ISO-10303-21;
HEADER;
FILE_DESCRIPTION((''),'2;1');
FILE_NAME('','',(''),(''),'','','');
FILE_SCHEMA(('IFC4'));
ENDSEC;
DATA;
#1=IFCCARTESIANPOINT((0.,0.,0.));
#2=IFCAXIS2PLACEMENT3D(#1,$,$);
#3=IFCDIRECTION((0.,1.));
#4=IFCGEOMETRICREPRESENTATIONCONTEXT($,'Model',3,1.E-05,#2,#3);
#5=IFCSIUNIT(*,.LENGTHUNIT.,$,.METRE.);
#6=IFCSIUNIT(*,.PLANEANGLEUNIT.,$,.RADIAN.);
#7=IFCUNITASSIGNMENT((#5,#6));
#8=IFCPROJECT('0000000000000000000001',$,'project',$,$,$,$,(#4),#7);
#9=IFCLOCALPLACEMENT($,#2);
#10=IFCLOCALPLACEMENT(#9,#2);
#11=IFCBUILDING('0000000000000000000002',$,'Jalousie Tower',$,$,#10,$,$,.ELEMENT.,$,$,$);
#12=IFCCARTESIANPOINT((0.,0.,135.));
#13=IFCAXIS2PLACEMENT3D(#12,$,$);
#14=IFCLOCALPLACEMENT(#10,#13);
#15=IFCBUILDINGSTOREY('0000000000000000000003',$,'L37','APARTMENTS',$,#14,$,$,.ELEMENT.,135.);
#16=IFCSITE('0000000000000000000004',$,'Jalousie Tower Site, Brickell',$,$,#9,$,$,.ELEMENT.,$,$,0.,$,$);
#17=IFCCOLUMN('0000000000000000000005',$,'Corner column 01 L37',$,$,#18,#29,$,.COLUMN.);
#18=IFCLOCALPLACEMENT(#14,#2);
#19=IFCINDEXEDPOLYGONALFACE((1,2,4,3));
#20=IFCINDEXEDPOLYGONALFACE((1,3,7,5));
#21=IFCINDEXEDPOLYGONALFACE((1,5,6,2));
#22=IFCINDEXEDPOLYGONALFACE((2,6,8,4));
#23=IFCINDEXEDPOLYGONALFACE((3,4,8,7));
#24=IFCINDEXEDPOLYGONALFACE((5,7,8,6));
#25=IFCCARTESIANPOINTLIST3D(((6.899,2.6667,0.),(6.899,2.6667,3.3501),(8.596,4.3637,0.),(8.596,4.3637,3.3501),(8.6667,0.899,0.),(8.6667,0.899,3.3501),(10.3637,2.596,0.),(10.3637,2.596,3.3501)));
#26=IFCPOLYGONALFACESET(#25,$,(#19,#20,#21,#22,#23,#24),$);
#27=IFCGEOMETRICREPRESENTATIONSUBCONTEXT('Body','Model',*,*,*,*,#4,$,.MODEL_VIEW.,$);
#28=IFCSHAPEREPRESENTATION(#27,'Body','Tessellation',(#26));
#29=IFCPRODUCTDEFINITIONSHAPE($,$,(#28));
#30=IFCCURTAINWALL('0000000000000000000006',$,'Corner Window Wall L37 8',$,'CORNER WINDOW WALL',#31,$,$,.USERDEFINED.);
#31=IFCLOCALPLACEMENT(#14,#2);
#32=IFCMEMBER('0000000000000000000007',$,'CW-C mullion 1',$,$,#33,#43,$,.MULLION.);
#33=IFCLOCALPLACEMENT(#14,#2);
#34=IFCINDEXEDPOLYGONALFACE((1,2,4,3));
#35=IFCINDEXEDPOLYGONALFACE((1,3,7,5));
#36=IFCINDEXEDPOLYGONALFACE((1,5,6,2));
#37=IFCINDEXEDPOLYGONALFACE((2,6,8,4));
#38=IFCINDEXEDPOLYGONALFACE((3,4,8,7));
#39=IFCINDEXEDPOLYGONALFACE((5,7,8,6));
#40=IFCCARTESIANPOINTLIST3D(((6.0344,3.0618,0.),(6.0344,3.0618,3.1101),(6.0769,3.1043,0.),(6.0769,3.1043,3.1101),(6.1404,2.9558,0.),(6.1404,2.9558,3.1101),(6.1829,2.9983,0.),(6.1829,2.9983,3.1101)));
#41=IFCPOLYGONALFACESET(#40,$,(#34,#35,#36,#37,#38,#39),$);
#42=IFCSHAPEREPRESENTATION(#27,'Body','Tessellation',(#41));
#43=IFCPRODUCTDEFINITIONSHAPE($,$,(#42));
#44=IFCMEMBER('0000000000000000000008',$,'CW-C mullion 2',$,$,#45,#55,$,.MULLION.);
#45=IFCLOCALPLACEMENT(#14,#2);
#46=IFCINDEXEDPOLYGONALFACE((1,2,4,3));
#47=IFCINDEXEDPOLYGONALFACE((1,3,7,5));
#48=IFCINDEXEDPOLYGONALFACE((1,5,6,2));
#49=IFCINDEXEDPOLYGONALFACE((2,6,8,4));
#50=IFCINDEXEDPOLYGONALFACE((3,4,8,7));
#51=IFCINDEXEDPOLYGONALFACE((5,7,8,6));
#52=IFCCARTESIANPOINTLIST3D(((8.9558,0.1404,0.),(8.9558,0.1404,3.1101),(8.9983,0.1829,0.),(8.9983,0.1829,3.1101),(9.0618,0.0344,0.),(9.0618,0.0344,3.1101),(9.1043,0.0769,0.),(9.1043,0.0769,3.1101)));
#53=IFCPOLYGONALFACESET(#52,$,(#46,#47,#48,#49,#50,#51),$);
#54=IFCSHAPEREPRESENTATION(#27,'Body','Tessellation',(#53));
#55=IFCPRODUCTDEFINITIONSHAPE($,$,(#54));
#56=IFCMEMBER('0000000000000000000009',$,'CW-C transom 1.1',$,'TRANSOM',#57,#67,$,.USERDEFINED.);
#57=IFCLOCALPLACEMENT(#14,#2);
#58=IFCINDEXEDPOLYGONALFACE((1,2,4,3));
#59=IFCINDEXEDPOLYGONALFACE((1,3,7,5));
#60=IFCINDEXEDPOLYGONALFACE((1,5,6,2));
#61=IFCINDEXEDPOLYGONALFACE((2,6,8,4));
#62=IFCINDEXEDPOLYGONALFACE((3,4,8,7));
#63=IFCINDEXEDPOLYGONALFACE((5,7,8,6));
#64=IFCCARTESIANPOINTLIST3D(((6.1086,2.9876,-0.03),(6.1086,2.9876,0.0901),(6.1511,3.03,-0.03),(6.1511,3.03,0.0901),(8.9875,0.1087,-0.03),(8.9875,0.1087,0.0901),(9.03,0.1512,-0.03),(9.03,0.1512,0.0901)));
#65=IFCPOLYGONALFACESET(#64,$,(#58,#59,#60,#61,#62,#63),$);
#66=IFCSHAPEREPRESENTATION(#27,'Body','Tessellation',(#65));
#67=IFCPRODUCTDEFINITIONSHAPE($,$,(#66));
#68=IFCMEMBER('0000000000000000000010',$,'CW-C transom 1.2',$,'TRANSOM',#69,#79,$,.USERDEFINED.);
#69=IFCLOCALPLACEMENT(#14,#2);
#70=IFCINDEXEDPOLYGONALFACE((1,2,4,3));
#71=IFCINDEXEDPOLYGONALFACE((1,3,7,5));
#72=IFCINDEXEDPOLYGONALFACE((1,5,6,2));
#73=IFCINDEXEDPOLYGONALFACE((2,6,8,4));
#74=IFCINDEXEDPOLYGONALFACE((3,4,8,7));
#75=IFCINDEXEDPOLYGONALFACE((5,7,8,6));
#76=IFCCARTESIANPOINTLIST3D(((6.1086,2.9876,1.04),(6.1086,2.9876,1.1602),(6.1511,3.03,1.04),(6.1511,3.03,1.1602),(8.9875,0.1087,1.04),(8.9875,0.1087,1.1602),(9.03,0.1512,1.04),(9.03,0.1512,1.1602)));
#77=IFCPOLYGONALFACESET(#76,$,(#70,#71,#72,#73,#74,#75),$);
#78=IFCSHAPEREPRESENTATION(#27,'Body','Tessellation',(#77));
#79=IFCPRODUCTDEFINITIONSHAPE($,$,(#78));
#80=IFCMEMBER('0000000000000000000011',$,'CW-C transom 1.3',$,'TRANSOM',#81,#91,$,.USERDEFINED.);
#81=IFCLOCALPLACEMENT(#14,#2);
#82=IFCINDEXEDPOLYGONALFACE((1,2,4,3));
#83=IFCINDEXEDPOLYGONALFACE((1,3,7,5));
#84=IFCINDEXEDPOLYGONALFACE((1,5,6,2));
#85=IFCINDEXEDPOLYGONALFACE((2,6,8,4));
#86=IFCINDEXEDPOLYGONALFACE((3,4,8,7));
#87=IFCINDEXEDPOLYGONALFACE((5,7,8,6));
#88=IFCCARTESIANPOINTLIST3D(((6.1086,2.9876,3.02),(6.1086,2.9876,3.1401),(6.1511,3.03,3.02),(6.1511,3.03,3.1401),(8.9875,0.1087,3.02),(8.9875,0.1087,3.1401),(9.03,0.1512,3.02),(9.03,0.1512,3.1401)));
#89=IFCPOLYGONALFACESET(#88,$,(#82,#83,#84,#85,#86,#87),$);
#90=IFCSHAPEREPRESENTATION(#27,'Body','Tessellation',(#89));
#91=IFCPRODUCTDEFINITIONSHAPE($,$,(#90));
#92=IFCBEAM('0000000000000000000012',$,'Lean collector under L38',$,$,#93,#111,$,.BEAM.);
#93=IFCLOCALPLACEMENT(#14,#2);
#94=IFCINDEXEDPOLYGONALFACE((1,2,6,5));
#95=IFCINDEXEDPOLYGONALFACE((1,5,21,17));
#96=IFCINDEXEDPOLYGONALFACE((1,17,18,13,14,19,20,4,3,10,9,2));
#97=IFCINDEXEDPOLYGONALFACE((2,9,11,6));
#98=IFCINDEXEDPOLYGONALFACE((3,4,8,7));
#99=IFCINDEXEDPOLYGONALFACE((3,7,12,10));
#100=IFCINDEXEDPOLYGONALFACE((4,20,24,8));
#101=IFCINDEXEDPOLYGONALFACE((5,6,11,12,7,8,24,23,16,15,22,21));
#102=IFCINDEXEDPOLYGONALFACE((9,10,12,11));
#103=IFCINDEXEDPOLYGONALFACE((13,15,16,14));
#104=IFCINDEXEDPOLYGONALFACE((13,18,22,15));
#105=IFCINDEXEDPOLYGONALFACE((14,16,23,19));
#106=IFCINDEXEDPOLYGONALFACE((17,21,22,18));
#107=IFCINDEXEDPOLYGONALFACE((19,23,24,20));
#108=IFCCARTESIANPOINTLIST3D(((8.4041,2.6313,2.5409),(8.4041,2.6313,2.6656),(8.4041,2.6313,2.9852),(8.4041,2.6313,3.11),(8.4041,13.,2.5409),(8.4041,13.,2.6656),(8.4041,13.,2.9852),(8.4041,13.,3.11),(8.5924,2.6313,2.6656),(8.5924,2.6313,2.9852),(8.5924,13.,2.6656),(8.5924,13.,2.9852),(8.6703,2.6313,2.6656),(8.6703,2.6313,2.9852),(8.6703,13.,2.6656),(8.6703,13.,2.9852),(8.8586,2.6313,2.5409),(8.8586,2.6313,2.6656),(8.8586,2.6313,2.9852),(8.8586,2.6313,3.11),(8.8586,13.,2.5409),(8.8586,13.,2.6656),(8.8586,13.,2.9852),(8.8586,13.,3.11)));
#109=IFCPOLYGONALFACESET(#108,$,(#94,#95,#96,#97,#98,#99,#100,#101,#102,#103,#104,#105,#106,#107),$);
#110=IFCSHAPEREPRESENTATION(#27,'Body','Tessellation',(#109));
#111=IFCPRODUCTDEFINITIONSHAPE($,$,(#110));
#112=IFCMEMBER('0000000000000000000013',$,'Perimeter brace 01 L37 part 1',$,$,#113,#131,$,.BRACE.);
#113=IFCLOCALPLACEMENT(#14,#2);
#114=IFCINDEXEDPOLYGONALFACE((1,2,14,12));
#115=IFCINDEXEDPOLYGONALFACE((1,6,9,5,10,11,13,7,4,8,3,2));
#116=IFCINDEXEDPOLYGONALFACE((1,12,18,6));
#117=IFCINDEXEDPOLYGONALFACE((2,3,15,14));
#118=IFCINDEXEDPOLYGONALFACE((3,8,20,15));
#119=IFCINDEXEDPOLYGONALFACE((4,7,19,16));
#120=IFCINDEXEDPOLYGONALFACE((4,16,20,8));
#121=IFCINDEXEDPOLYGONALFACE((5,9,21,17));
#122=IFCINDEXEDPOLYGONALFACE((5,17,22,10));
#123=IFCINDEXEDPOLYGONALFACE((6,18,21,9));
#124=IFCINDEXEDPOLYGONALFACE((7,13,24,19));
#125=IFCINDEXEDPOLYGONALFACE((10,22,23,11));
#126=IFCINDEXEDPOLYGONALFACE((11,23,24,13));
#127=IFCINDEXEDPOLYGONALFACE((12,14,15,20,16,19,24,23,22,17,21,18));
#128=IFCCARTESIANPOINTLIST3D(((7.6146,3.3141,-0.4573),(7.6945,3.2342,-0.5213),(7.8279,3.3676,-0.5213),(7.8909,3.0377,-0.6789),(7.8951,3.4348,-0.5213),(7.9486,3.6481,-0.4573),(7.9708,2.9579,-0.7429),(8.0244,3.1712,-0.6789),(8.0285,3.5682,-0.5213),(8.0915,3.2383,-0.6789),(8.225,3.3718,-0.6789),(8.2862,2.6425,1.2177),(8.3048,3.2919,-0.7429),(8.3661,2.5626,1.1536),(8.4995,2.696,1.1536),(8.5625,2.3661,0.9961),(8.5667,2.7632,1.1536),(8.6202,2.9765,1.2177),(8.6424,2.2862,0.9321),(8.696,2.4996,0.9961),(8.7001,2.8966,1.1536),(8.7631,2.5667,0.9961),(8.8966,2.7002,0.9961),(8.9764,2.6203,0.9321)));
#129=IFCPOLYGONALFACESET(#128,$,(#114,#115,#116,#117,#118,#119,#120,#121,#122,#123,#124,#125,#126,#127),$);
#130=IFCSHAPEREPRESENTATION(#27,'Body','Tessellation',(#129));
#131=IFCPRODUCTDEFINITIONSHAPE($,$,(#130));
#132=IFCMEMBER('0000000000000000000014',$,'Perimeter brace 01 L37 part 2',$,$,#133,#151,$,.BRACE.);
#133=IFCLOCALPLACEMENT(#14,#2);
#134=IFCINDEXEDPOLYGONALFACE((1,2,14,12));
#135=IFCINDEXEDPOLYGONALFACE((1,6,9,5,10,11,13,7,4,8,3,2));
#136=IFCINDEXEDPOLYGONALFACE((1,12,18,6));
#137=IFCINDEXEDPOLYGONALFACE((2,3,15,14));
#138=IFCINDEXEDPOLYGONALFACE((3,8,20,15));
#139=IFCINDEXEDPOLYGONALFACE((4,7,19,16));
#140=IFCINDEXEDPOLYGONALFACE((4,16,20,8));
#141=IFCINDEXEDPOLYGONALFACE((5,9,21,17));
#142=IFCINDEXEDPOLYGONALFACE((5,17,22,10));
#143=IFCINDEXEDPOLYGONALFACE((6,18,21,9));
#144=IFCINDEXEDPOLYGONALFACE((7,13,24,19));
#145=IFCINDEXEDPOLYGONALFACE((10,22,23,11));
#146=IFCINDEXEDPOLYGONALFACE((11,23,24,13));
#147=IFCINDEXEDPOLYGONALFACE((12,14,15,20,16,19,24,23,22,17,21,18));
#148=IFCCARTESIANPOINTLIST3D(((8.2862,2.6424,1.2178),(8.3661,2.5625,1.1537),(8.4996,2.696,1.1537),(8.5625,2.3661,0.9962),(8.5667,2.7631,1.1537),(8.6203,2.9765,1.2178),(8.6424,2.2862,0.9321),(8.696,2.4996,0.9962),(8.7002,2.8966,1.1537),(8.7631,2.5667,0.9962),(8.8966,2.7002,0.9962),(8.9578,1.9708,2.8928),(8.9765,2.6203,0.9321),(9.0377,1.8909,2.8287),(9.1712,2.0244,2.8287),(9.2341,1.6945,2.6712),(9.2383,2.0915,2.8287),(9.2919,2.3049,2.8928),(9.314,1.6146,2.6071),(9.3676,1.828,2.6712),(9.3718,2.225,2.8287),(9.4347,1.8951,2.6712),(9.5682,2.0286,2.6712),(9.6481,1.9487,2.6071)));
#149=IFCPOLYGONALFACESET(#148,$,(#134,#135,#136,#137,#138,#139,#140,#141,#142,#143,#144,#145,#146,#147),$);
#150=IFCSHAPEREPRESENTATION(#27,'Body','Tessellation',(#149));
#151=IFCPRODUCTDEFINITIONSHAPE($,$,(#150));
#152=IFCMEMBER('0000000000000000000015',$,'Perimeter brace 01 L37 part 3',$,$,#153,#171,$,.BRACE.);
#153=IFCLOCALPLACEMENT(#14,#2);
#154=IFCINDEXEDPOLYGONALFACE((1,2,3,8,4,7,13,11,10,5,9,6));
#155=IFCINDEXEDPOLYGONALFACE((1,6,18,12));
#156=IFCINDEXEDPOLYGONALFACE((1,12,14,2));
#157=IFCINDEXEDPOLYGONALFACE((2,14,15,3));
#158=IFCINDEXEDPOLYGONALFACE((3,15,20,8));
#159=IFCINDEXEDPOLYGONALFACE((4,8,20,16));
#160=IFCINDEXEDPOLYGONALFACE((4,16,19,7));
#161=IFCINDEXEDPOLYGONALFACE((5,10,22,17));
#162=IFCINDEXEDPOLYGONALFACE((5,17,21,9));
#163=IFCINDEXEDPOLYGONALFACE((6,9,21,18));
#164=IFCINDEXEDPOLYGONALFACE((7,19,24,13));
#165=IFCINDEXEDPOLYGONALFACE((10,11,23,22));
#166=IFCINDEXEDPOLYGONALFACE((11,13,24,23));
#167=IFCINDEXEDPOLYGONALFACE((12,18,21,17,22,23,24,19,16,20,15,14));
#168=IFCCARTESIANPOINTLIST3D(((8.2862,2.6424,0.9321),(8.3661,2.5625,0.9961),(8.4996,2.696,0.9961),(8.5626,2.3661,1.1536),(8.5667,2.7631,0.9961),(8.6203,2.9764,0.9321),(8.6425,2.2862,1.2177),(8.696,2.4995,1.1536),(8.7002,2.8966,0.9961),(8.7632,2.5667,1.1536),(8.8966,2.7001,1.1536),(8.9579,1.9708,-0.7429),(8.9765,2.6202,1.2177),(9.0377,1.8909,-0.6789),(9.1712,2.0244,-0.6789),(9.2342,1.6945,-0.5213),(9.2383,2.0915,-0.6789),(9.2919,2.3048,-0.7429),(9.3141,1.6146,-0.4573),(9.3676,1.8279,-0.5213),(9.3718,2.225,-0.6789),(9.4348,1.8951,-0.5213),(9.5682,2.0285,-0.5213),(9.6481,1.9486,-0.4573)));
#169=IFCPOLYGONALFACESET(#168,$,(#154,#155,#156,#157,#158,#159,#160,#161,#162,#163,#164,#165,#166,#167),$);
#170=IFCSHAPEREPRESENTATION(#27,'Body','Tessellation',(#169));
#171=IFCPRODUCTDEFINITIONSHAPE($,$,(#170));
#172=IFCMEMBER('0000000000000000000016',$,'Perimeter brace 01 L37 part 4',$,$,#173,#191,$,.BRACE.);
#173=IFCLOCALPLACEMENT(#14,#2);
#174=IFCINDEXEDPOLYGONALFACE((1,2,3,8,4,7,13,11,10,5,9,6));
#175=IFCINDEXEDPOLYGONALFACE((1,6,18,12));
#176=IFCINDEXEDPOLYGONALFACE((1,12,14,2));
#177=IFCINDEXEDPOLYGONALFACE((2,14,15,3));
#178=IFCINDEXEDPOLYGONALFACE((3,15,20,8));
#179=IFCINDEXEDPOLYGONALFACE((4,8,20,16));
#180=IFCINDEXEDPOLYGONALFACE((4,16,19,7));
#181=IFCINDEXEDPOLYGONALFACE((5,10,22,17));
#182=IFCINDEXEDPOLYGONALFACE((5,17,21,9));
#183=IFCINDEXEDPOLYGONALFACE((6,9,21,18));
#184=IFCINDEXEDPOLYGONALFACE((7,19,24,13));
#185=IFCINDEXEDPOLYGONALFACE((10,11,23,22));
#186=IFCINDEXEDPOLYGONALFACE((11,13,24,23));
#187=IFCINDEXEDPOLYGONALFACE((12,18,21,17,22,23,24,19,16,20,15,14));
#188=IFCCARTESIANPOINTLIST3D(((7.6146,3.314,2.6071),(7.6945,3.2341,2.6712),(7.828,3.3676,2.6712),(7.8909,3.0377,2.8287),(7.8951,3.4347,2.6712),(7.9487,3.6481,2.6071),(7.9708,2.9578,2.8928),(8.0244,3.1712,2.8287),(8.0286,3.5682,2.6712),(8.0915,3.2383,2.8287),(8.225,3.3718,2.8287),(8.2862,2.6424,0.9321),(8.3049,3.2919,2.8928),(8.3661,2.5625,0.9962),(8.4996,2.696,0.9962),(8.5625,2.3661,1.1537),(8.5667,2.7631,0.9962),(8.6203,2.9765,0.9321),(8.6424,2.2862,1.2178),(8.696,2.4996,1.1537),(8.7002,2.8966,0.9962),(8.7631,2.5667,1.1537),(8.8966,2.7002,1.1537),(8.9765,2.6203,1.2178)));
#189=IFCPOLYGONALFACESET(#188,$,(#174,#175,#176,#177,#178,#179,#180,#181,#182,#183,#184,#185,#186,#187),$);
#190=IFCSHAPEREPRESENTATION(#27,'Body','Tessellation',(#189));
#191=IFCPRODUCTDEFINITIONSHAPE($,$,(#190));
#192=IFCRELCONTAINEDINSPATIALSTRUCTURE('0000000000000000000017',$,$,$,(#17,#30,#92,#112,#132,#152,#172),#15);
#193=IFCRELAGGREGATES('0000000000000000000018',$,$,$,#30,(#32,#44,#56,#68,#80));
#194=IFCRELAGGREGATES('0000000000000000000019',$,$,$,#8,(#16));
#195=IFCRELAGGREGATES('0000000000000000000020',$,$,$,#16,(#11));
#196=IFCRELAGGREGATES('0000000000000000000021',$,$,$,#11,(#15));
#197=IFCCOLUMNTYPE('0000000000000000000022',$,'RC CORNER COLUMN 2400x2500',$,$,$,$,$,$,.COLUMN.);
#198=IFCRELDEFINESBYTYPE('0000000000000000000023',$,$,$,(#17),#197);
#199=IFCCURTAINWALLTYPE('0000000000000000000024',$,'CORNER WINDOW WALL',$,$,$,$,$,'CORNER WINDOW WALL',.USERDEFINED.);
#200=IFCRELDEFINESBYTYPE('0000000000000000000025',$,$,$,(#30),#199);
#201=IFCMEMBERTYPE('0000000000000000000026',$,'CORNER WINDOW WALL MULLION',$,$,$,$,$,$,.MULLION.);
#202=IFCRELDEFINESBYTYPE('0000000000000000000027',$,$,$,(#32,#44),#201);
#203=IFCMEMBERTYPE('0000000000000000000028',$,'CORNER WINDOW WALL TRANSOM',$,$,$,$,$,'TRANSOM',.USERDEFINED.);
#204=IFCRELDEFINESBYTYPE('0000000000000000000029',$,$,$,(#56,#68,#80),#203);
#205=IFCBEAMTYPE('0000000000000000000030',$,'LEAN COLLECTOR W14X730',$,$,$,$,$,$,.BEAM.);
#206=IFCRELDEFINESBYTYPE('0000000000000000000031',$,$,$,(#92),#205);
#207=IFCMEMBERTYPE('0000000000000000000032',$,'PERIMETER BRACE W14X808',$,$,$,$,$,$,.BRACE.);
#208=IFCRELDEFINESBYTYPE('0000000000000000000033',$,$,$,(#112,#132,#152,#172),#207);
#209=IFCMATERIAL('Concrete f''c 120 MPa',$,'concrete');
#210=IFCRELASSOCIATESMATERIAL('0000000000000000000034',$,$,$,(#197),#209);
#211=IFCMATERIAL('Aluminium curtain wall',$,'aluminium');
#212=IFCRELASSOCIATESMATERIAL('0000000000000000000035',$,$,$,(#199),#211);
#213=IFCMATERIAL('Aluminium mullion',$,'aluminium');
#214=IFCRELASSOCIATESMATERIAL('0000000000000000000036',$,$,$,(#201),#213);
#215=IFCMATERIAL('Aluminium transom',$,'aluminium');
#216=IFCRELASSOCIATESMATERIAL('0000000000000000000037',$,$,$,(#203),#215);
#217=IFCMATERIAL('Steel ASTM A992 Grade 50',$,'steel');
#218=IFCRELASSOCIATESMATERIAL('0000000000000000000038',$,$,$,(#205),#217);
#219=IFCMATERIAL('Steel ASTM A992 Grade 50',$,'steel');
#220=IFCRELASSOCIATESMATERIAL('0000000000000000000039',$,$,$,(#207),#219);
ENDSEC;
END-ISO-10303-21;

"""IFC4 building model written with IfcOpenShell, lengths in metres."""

from ifc_helpers import new_model, si_unit, direction, frame, origin, origin_2d, place, context, subcontext, project, spatial, rectangle, i_section, extrude, material, material_profile, profile_set, type_object, element, aggregate, save


model = new_model("IFC4")

# Units and contexts
model_context = context("Model", 3, precision=1e-05, world=origin(), true_north=direction((0.0, 1.0)))
body_context = subcontext(model_context, "Body", "Model", "MODEL_VIEW")
ifc_project = project(units=[si_unit("LENGTHUNIT", "METRE"), si_unit("PLANEANGLEUNIT", "RADIAN")], contexts=[model_context])

# Site, building, storey
site_placement = place(None, origin())
site = spatial("IfcSite", under=ifc_project, at=site_placement, Name="Jalousie Tower Site, Brickell", CompositionType="ELEMENT", RefElevation=0.0)
building_placement = place(site_placement, origin())
building = spatial("IfcBuilding", under=site, at=building_placement, Name="Jalousie Tower", CompositionType="ELEMENT")
storey_placement = place(building_placement, frame((0.0, 0.0, 135.0)))
storey = spatial("IfcBuildingStorey", under=building, at=storey_placement, Name="L37", Description="APARTMENTS", CompositionType="ELEMENT", Elevation=135.0)

# Column
ifc_material_1 = material(Name="Concrete f'c 120 MPa", Category="concrete")
ifc_material_profile_1 = material_profile(ifc_material_1, rectangle(XDim=2.3999, YDim=2.5, at=origin_2d()), Name="RC 2400x2500")
ifc_profile_set_1 = profile_set([ifc_material_profile_1], Name="Concrete f'c 120 MPa")
column_type = type_object("IfcColumnType", Name="RC CORNER COLUMN 2400x2500", PredefinedType="COLUMN", material=ifc_profile_set_1)
column_placement = place(storey_placement, frame((8.6313, 2.6313, 0.0), z_axis=(0.0, 0.0, 1.0), x_axis=(0.707107, 0.707107, 0.0)))
element("IfcColumn", 1, at=column_placement, inside=storey, type_object=column_type, Name="Corner column 01 L37", PredefinedType="COLUMN", context=body_context, shape_type="SweptSolid", body=[
    extrude(rectangle(XDim=2.3999, YDim=2.5, at=origin_2d()), origin(), (0.0, 0.0, 1.0), 3.3501),
])

# Curtain wall, members
ifc_material_2 = material(Name="Aluminium curtain wall", Category="aluminium")
curtain_wall_type_1 = type_object("IfcCurtainWallType", Name="CORNER WINDOW WALL", ElementType="CORNER WINDOW WALL", PredefinedType="USERDEFINED", material=ifc_material_2)
curtain_wall_1_placement = place(storey_placement, origin())
curtain_wall_1 = element("IfcCurtainWall", 2, at=curtain_wall_1_placement, inside=storey, type_object=curtain_wall_type_1, Name="Corner Window Wall L37 8", ObjectType="CORNER WINDOW WALL", PredefinedType="USERDEFINED")
ifc_material_3 = material(Name="Aluminium mullion", Category="aluminium")
ifc_material_profile_2 = material_profile(ifc_material_3, rectangle(XDim=0.0601, YDim=0.1499, at=origin_2d()), Name="MULLION 60x150")
ifc_profile_set_2 = profile_set([ifc_material_profile_2], Name="Aluminium mullion")
member_type_1 = type_object("IfcMemberType", Name="CORNER WINDOW WALL MULLION", PredefinedType="MULLION", material=ifc_profile_set_2)
member_1_placement = place(storey_placement, frame((6.1086, 3.03, 0.0), z_axis=(0.0, 0.0, 1.0), x_axis=(0.707107, 0.707107, 0.0)))
member_1 = element("IfcMember", 3, at=member_1_placement, type_object=member_type_1, Name="CW-C mullion 1", PredefinedType="MULLION", context=body_context, shape_type="SweptSolid", body=[
    extrude(rectangle(XDim=0.0601, YDim=0.1499, at=origin_2d()), origin(), (0.0, 0.0, 1.0), 3.1101),
])
member_2_placement = place(storey_placement, frame((9.03, 0.1086, 0.0), z_axis=(0.0, 0.0, 1.0), x_axis=(0.707107, 0.707107, 0.0)))
member_2 = element("IfcMember", 4, at=member_2_placement, type_object=member_type_1, Name="CW-C mullion 2", PredefinedType="MULLION", context=body_context, shape_type="SweptSolid", body=[
    extrude(rectangle(XDim=0.0601, YDim=0.1499, at=origin_2d()), origin(), (0.0, 0.0, 1.0), 3.1101),
])
ifc_material_4 = material(Name="Aluminium transom", Category="aluminium")
ifc_material_profile_3 = material_profile(ifc_material_4, rectangle(XDim=0.0601, YDim=0.1201, at=origin_2d()), Name="TRANSOM 60x120")
ifc_profile_set_3 = profile_set([ifc_material_profile_3], Name="Aluminium transom")
member_type_2 = type_object("IfcMemberType", Name="CORNER WINDOW WALL TRANSOM", ElementType="TRANSOM", PredefinedType="USERDEFINED", material=ifc_profile_set_3)
member_3_placement = place(storey_placement, frame((6.1299, 3.0088, 0.03), z_axis=(0.707107, -0.707107, 0.0), x_axis=(0.707107, 0.707107, 0.0)))
member_3 = element("IfcMember", 5, at=member_3_placement, type_object=member_type_2, Name="CW-C transom 1.1", ObjectType="TRANSOM", PredefinedType="USERDEFINED", context=body_context, shape_type="SweptSolid", body=[
    extrude(rectangle(XDim=0.0601, YDim=0.1201, at=origin_2d()), origin(), (0.0, 0.0, 1.0), 4.0713),
])
member_4_placement = place(storey_placement, frame((6.1299, 3.0088, 1.1001), z_axis=(0.707107, -0.707107, 0.0), x_axis=(0.707107, 0.707107, 0.0)))
member_4 = element("IfcMember", 6, at=member_4_placement, type_object=member_type_2, Name="CW-C transom 1.2", ObjectType="TRANSOM", PredefinedType="USERDEFINED", context=body_context, shape_type="SweptSolid", body=[
    extrude(rectangle(XDim=0.0601, YDim=0.1201, at=origin_2d()), origin(), (0.0, 0.0, 1.0), 4.0713),
])
member_5_placement = place(storey_placement, frame((6.1299, 3.0088, 3.0801), z_axis=(0.707107, -0.707107, 0.0), x_axis=(0.707107, 0.707107, 0.0)))
member_5 = element("IfcMember", 7, at=member_5_placement, type_object=member_type_2, Name="CW-C transom 1.3", ObjectType="TRANSOM", PredefinedType="USERDEFINED", context=body_context, shape_type="SweptSolid", body=[
    extrude(rectangle(XDim=0.0601, YDim=0.1201, at=origin_2d()), origin(), (0.0, 0.0, 1.0), 4.0713),
])

# Beam
ifc_material_5 = material(Name="Steel ASTM A992 Grade 50", Category="steel")
ifc_material_profile_4 = material_profile(ifc_material_5, i_section(OverallWidth=0.4546, OverallDepth=0.5691, WebThickness=0.0779, FlangeThickness=0.1248, at=origin_2d()), Name="W14X730")
ifc_profile_set_4 = profile_set([ifc_material_profile_4], Name="Steel ASTM A992 Grade 50")
beam_type_1 = type_object("IfcBeamType", Name="LEAN COLLECTOR W14X730", PredefinedType="BEAM", material=ifc_profile_set_4)
beam_1_placement = place(storey_placement, frame((8.6313, 2.6313, 2.8254), z_axis=(0.0, 1.0, 0.0), x_axis=(-1.0, 0.0, 0.0)))
element("IfcBeam", 8, at=beam_1_placement, inside=storey, type_object=beam_type_1, Name="Lean collector under L38", PredefinedType="BEAM", context=body_context, shape_type="SweptSolid", body=[
    extrude(i_section(OverallWidth=0.4546, OverallDepth=0.5691, WebThickness=0.0779, FlangeThickness=0.1248, at=origin_2d()), origin(), (0.0, 0.0, 1.0), 10.3687),
])

# Members
ifc_material_6 = material(Name="Steel ASTM A992 Grade 50", Category="steel")
ifc_material_profile_5 = material_profile(ifc_material_6, i_section(OverallWidth=0.4724, OverallDepth=0.5791, WebThickness=0.095, FlangeThickness=0.1299, at=origin_2d()), Name="W14X808")
ifc_profile_set_5 = profile_set([ifc_material_profile_5], Name="Steel ASTM A992 Grade 50")
member_type_3 = type_object("IfcMemberType", Name="PERIMETER BRACE W14X808", PredefinedType="BRACE", material=ifc_profile_set_5)
for number, where, z_axis, x_axis, name in (
    (9, (7.9597, 3.303, -0.6001), (0.348789, -0.348789, 0.869881), (0.707107, 0.707107, 0.0), "Perimeter brace 01 L37 part 1"),
    (10, (8.6313, 2.6313, 1.075), (0.348789, -0.348789, 0.869881), (0.707107, 0.707107, 0.0), "Perimeter brace 01 L37 part 2"),
    (11, (9.303, 1.9597, -0.6001), (-0.348789, 0.348789, 0.869881), (-0.707107, -0.707107, 0.0), "Perimeter brace 01 L37 part 3"),
    (12, (8.6313, 2.6313, 1.075), (-0.348789, 0.348789, 0.869881), (-0.707107, -0.707107, 0.0), "Perimeter brace 01 L37 part 4"),
):
    element("IfcMember", number, at=place(storey_placement, frame(where, z_axis=z_axis, x_axis=x_axis)), inside=storey, type_object=member_type_3, Name=name, PredefinedType="BRACE", context=body_context, shape_type="SweptSolid", body=[
        extrude(i_section(OverallWidth=0.4724, OverallDepth=0.5791, WebThickness=0.095, FlangeThickness=0.1299, at=origin_2d()), origin(), (0.0, 0.0, 1.0), 1.9255),
    ])

aggregate(curtain_wall_1, [member_1, member_2, member_3, member_4, member_5])

save(model, "model.ifc")
